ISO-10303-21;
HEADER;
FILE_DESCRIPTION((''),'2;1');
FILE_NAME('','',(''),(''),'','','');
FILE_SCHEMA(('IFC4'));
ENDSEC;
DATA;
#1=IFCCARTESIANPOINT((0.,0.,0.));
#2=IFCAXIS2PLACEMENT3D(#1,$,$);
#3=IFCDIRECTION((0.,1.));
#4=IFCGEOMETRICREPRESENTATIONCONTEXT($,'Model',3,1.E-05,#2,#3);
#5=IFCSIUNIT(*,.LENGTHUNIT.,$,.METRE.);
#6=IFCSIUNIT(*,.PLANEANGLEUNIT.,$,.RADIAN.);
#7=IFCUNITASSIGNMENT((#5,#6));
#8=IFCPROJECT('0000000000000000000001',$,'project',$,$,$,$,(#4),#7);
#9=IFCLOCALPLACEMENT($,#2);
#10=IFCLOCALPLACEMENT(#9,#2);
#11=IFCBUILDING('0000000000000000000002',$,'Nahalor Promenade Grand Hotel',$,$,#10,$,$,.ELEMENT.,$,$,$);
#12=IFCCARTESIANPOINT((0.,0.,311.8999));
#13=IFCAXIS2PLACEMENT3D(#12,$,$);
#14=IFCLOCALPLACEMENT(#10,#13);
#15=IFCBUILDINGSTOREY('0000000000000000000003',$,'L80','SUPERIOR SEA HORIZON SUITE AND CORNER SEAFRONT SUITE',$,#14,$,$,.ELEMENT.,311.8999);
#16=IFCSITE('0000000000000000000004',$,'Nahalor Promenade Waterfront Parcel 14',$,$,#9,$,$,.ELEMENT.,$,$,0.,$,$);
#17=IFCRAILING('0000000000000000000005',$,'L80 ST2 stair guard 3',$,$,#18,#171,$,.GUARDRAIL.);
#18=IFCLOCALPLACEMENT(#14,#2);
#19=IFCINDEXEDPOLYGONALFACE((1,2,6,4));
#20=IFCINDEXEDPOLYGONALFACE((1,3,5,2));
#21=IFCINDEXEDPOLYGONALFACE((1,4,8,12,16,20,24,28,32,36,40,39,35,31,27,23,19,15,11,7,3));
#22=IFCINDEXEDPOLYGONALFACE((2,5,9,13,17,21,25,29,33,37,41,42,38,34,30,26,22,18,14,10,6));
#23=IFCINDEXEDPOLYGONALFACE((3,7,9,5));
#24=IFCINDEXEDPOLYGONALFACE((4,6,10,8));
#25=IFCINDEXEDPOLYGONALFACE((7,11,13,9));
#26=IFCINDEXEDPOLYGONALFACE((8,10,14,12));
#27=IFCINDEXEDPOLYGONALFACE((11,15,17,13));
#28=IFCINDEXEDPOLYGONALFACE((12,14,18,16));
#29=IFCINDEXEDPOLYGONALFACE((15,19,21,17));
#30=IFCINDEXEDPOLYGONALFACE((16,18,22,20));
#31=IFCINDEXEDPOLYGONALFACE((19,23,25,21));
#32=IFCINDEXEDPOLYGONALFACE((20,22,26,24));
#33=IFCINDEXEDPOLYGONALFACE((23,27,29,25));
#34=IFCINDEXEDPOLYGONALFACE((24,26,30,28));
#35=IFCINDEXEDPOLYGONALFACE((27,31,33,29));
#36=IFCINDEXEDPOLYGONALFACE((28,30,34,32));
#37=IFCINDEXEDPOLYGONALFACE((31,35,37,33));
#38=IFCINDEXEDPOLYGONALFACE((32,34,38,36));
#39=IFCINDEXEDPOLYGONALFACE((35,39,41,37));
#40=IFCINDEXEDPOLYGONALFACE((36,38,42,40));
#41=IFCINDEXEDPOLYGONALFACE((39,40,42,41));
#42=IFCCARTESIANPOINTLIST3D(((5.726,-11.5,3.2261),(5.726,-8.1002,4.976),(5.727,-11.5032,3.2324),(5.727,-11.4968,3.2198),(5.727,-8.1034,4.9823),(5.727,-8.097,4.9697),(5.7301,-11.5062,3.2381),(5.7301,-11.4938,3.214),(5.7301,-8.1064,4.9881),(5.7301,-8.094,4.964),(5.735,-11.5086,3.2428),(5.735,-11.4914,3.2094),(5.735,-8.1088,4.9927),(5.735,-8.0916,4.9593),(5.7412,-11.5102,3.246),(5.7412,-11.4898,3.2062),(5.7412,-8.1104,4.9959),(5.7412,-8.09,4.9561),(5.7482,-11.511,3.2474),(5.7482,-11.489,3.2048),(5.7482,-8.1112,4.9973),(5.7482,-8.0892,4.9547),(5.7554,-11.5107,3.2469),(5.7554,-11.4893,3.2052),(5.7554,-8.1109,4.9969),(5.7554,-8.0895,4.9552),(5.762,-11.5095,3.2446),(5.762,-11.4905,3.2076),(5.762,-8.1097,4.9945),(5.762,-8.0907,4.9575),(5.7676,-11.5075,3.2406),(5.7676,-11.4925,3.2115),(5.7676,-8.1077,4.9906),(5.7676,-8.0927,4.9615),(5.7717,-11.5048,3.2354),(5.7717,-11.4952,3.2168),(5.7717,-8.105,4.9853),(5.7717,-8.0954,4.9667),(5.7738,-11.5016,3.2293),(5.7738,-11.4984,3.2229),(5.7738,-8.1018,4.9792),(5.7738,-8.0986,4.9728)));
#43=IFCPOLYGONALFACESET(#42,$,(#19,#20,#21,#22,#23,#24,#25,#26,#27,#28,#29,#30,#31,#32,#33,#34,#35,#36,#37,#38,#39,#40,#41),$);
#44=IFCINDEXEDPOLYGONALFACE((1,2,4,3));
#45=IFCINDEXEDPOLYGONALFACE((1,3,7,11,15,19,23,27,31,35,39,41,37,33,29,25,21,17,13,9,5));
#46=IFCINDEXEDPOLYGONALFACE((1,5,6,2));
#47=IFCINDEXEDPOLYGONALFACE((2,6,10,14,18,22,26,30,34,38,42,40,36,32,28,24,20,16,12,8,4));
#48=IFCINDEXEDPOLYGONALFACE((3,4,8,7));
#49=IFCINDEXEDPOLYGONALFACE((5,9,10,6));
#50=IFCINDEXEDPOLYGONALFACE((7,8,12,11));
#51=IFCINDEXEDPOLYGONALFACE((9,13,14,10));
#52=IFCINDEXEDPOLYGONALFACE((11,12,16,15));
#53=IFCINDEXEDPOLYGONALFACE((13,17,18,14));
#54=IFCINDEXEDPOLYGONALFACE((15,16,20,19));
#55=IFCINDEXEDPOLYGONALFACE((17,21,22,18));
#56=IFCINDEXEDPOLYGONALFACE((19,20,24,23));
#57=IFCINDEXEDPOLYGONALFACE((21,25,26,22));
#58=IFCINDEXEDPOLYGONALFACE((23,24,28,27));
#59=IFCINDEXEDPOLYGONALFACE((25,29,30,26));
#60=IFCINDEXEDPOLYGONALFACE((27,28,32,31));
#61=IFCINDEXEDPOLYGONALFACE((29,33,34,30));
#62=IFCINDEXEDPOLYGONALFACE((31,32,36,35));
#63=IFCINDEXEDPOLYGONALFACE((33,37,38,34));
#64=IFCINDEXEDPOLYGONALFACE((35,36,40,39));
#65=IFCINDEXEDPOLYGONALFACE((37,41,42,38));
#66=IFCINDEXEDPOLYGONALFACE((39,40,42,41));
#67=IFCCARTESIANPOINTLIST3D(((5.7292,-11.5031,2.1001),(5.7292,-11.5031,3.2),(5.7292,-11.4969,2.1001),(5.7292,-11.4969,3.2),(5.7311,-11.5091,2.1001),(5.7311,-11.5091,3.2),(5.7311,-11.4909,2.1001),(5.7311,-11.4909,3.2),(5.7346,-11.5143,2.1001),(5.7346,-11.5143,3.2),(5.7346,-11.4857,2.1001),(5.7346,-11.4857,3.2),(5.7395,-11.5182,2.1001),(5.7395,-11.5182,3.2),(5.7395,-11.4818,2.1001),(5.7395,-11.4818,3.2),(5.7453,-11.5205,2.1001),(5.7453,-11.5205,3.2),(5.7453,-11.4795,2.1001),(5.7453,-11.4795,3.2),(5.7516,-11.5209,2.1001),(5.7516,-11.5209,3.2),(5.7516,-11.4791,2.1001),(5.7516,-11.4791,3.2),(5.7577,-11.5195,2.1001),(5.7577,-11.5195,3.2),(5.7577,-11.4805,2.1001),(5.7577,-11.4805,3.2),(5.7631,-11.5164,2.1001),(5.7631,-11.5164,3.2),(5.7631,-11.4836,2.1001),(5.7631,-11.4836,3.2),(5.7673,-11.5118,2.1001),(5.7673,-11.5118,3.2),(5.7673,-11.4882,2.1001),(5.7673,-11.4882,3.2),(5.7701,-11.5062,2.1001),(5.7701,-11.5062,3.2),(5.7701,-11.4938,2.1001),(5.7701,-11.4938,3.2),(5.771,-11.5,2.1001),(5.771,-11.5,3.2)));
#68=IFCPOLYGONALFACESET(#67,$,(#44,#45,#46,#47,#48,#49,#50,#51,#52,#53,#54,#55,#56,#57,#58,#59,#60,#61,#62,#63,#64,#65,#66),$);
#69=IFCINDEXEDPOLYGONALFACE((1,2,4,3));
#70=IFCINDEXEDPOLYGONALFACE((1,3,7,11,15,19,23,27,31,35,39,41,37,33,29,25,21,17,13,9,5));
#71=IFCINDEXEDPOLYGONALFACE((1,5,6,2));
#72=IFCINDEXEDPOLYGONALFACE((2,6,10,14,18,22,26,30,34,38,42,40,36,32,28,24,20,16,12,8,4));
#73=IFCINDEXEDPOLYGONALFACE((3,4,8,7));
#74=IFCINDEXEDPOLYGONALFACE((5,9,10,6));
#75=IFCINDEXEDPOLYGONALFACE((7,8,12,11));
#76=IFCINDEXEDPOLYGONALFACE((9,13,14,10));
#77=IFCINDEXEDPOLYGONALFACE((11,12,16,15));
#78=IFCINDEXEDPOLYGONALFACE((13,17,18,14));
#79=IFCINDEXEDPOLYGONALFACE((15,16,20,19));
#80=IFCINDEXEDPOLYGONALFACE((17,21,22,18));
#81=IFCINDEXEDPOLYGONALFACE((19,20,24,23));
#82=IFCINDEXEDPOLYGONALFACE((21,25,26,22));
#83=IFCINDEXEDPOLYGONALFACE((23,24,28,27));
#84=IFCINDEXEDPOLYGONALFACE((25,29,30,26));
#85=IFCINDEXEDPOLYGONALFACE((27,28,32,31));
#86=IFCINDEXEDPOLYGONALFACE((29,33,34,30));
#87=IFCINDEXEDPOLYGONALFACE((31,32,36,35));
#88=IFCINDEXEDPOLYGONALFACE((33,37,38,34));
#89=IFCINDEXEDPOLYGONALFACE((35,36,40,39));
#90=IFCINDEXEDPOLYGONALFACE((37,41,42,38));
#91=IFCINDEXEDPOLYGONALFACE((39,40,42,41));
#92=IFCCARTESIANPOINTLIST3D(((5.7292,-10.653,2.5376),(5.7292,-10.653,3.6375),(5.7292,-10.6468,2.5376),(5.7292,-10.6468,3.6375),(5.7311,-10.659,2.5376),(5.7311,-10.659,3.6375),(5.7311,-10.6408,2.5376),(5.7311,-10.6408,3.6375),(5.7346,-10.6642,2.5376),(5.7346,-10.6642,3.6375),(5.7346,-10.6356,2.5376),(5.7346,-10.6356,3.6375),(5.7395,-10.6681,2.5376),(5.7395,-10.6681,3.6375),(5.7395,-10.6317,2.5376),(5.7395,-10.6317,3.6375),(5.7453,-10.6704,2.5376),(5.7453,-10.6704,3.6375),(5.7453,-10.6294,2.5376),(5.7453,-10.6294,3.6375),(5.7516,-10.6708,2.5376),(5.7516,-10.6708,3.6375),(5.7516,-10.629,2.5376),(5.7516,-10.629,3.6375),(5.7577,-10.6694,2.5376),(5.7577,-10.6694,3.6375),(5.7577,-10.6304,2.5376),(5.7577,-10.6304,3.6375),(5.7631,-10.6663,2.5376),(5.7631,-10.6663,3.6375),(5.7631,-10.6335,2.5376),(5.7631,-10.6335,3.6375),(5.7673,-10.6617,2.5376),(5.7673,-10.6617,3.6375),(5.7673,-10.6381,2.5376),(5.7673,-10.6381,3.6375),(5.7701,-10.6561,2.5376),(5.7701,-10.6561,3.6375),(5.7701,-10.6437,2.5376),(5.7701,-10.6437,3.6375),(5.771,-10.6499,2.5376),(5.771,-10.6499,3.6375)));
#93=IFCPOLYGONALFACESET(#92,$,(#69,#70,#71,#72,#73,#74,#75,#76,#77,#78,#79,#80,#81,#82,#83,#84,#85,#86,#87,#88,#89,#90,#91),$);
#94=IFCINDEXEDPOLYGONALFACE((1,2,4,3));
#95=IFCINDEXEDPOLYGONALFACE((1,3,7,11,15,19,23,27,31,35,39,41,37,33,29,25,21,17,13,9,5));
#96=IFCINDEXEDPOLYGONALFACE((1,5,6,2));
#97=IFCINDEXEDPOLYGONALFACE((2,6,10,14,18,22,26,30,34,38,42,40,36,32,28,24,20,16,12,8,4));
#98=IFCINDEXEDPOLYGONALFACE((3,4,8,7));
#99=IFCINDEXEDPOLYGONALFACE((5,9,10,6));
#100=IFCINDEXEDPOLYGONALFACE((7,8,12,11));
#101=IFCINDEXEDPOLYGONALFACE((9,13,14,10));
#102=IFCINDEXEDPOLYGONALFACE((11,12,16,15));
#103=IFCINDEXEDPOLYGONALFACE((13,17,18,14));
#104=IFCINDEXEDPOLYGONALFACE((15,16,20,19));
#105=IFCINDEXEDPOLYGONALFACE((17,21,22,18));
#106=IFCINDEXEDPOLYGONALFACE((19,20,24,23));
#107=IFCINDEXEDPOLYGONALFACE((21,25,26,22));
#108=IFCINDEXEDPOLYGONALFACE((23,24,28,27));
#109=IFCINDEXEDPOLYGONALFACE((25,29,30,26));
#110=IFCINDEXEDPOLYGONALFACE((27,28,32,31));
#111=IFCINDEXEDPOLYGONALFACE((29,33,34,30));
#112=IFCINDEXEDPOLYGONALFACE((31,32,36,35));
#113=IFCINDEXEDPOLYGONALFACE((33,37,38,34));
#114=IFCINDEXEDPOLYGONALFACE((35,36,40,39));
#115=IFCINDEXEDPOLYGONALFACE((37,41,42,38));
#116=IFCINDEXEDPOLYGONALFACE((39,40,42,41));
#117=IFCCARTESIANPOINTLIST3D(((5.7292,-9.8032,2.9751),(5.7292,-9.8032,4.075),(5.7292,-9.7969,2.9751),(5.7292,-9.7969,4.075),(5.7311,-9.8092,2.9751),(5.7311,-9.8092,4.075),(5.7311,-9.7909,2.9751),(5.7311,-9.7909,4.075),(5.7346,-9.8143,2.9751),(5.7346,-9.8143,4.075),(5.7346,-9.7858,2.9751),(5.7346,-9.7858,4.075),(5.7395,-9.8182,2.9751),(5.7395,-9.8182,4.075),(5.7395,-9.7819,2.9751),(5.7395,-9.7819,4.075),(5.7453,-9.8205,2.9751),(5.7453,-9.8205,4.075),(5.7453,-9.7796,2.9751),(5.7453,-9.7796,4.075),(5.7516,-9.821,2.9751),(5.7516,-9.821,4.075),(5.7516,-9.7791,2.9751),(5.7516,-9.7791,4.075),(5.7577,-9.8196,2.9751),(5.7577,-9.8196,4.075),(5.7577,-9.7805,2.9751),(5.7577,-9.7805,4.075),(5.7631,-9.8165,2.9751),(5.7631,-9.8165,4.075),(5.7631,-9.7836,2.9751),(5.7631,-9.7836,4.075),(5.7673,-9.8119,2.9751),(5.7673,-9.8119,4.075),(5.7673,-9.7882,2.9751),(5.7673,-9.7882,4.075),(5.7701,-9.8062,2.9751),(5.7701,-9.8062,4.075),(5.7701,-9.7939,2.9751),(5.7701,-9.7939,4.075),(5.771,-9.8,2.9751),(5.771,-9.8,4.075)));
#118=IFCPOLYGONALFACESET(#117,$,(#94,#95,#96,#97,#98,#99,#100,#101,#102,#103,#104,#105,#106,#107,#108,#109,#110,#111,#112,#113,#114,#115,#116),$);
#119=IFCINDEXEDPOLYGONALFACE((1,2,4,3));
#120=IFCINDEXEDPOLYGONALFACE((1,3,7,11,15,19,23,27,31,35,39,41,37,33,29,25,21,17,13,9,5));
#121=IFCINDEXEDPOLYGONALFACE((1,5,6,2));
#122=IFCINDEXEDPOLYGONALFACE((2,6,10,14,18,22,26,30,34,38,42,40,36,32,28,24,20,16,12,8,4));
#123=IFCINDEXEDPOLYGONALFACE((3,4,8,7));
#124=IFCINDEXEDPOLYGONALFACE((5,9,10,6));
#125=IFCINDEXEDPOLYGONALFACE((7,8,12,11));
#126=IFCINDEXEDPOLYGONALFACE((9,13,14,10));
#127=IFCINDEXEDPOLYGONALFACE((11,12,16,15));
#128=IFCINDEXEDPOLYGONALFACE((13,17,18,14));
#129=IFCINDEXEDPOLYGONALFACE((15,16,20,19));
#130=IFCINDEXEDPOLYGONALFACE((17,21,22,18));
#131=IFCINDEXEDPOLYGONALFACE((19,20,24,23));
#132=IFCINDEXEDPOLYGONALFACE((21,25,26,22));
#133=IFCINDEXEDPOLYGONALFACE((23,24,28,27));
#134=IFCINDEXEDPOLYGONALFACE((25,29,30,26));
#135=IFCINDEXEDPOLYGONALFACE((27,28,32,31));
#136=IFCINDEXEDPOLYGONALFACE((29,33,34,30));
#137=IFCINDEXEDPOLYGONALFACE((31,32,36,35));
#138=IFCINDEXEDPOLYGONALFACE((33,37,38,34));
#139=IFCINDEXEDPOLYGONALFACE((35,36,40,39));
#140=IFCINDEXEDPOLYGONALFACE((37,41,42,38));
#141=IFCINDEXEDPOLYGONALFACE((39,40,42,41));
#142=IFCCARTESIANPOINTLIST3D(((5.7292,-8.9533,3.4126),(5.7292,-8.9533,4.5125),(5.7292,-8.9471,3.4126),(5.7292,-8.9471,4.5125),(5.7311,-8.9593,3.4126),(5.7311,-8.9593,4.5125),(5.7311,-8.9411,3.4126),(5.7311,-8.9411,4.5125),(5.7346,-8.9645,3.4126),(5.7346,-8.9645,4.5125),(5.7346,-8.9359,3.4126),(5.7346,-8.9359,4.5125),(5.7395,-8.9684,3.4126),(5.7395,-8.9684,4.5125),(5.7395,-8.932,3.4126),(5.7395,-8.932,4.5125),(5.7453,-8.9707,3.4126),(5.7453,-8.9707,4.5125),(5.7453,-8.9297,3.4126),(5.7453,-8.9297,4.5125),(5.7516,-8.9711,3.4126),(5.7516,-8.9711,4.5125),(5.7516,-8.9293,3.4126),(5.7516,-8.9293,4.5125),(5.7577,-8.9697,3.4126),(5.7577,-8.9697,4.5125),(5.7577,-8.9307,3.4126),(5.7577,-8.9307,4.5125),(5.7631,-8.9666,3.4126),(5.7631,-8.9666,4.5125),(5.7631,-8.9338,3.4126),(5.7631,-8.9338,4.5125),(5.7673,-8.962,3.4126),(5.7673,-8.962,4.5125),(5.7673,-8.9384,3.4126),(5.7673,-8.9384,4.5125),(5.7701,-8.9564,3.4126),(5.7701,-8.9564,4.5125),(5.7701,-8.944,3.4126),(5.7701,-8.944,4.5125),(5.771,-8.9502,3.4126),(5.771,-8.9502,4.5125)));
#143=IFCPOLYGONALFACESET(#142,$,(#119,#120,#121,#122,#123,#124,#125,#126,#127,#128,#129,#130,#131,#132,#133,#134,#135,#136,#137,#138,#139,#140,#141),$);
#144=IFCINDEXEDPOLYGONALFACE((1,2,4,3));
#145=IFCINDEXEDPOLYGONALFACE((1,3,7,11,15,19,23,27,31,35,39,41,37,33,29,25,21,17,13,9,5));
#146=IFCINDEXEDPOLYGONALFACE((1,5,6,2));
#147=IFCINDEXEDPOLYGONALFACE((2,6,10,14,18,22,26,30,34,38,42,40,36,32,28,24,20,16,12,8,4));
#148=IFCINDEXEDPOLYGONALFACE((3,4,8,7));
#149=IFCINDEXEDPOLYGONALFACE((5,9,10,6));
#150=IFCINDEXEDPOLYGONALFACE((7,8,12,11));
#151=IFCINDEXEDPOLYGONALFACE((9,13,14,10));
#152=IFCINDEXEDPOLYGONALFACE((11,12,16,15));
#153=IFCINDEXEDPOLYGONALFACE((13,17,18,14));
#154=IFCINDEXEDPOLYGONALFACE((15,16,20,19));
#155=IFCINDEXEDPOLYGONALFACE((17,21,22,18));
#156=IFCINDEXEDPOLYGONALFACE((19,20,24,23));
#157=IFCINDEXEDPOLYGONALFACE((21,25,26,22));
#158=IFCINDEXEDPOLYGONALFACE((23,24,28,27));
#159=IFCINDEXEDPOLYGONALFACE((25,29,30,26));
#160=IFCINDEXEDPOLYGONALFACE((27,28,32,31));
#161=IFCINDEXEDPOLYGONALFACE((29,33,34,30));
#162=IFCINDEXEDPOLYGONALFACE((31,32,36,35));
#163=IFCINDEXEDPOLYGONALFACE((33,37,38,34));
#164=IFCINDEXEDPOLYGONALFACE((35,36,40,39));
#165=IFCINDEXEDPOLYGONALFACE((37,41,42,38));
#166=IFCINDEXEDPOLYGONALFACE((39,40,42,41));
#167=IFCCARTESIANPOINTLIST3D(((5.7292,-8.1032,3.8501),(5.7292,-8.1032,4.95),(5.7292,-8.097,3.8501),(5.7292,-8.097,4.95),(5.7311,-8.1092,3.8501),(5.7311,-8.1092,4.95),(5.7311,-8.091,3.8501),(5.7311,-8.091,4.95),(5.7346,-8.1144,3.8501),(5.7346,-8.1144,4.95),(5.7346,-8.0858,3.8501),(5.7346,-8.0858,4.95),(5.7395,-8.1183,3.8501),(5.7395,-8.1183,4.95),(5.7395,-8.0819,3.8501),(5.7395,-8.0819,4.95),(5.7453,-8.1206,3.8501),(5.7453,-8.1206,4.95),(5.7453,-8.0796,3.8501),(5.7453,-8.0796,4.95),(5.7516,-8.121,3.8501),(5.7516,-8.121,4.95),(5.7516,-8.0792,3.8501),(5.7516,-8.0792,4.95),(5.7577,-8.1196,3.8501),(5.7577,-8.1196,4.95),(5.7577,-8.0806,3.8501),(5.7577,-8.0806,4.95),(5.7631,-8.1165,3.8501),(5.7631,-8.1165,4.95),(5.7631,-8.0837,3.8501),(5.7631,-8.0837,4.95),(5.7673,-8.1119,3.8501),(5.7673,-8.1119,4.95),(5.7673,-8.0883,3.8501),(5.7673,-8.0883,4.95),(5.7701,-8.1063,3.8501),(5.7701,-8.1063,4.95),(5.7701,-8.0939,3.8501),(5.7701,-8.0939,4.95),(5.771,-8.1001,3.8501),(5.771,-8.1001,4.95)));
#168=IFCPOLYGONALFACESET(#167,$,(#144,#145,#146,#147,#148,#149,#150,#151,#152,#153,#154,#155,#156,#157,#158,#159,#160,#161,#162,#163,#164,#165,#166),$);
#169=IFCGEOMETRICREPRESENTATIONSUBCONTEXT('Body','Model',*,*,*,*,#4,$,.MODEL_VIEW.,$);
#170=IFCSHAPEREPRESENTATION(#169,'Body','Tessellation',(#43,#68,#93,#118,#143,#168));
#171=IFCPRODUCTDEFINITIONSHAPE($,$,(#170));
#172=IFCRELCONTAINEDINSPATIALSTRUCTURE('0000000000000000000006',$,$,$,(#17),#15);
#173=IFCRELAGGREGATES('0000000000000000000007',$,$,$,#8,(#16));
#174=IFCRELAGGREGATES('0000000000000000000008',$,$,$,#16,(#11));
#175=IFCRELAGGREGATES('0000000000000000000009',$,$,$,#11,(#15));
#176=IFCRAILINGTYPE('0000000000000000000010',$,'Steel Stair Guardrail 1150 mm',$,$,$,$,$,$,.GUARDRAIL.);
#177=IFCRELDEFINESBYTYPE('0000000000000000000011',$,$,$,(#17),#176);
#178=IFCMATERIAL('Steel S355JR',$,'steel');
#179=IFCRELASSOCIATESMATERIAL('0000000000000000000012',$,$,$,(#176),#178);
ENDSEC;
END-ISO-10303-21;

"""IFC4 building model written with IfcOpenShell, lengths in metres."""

from ifc_helpers import new_model, si_unit, direction, frame, origin, origin_2d, place, context, subcontext, project, spatial, circle, extrude, material, type_object, element, save


model = new_model("IFC4")

# Units and contexts
model_context = context("Model", 3, precision=1e-05, world=origin(), true_north=direction((0.0, 1.0)))
body_context = subcontext(model_context, "Body", "Model", "MODEL_VIEW")
ifc_project = project(units=[si_unit("LENGTHUNIT", "METRE"), si_unit("PLANEANGLEUNIT", "RADIAN")], contexts=[model_context])

# Site, building, storey
site_placement = place(None, origin())
site = spatial("IfcSite", under=ifc_project, at=site_placement, Name="Nahalor Promenade Waterfront Parcel 14", CompositionType="ELEMENT", RefElevation=0.0)
building_placement = place(site_placement, origin())
building = spatial("IfcBuilding", under=site, at=building_placement, Name="Nahalor Promenade Grand Hotel", CompositionType="ELEMENT")
storey_placement = place(building_placement, frame((0.0, 0.0, 311.8999)))
storey = spatial("IfcBuildingStorey", under=building, at=storey_placement, Name="L80", Description="SUPERIOR SEA HORIZON SUITE AND CORNER SEAFRONT SUITE", CompositionType="ELEMENT", Elevation=311.8999)

# Shared definitions
ifc_material_1 = material(Name="Steel S355JR", Category="steel")

# Railing
railing_type_1 = type_object("IfcRailingType", Name="Steel Stair Guardrail 1150 mm", PredefinedType="GUARDRAIL", material=ifc_material_1)
railing_1_placement = place(storey_placement, frame((5.75, -11.5, 2.1001)))
element("IfcRailing", 1, at=railing_1_placement, inside=storey, type_object=railing_type_1, Name="L80 ST2 stair guard 3", PredefinedType="GUARDRAIL", context=body_context, shape_type="SweptSolid", body=[
    extrude(circle(Radius=0.024, at=origin_2d()), frame((0.0, 0.0, 1.126), z_axis=(0.0, 0.88913, 0.457654), x_axis=(-1.0, 0.0, 0.0)), (0.0, 0.0, 1.0), 3.8237),
    extrude(circle(Radius=0.021, at=origin_2d()), origin(), (0.0, 0.0, 1.0), 1.0999),
    extrude(circle(Radius=0.021, at=origin_2d()), frame((0.0, 0.8501, 0.4375)), (0.0, 0.0, 1.0), 1.0999),
    extrude(circle(Radius=0.021, at=origin_2d()), frame((0.0, 1.7, 0.875)), (0.0, 0.0, 1.0), 1.0999),
    extrude(circle(Radius=0.021, at=origin_2d()), frame((0.0, 2.5498, 1.3125)), (0.0, 0.0, 1.0), 1.0999),
    extrude(circle(Radius=0.021, at=origin_2d()), frame((0.0, 3.3999, 1.75)), (0.0, 0.0, 1.0), 1.0999),
])

save(model, "model.ifc")
